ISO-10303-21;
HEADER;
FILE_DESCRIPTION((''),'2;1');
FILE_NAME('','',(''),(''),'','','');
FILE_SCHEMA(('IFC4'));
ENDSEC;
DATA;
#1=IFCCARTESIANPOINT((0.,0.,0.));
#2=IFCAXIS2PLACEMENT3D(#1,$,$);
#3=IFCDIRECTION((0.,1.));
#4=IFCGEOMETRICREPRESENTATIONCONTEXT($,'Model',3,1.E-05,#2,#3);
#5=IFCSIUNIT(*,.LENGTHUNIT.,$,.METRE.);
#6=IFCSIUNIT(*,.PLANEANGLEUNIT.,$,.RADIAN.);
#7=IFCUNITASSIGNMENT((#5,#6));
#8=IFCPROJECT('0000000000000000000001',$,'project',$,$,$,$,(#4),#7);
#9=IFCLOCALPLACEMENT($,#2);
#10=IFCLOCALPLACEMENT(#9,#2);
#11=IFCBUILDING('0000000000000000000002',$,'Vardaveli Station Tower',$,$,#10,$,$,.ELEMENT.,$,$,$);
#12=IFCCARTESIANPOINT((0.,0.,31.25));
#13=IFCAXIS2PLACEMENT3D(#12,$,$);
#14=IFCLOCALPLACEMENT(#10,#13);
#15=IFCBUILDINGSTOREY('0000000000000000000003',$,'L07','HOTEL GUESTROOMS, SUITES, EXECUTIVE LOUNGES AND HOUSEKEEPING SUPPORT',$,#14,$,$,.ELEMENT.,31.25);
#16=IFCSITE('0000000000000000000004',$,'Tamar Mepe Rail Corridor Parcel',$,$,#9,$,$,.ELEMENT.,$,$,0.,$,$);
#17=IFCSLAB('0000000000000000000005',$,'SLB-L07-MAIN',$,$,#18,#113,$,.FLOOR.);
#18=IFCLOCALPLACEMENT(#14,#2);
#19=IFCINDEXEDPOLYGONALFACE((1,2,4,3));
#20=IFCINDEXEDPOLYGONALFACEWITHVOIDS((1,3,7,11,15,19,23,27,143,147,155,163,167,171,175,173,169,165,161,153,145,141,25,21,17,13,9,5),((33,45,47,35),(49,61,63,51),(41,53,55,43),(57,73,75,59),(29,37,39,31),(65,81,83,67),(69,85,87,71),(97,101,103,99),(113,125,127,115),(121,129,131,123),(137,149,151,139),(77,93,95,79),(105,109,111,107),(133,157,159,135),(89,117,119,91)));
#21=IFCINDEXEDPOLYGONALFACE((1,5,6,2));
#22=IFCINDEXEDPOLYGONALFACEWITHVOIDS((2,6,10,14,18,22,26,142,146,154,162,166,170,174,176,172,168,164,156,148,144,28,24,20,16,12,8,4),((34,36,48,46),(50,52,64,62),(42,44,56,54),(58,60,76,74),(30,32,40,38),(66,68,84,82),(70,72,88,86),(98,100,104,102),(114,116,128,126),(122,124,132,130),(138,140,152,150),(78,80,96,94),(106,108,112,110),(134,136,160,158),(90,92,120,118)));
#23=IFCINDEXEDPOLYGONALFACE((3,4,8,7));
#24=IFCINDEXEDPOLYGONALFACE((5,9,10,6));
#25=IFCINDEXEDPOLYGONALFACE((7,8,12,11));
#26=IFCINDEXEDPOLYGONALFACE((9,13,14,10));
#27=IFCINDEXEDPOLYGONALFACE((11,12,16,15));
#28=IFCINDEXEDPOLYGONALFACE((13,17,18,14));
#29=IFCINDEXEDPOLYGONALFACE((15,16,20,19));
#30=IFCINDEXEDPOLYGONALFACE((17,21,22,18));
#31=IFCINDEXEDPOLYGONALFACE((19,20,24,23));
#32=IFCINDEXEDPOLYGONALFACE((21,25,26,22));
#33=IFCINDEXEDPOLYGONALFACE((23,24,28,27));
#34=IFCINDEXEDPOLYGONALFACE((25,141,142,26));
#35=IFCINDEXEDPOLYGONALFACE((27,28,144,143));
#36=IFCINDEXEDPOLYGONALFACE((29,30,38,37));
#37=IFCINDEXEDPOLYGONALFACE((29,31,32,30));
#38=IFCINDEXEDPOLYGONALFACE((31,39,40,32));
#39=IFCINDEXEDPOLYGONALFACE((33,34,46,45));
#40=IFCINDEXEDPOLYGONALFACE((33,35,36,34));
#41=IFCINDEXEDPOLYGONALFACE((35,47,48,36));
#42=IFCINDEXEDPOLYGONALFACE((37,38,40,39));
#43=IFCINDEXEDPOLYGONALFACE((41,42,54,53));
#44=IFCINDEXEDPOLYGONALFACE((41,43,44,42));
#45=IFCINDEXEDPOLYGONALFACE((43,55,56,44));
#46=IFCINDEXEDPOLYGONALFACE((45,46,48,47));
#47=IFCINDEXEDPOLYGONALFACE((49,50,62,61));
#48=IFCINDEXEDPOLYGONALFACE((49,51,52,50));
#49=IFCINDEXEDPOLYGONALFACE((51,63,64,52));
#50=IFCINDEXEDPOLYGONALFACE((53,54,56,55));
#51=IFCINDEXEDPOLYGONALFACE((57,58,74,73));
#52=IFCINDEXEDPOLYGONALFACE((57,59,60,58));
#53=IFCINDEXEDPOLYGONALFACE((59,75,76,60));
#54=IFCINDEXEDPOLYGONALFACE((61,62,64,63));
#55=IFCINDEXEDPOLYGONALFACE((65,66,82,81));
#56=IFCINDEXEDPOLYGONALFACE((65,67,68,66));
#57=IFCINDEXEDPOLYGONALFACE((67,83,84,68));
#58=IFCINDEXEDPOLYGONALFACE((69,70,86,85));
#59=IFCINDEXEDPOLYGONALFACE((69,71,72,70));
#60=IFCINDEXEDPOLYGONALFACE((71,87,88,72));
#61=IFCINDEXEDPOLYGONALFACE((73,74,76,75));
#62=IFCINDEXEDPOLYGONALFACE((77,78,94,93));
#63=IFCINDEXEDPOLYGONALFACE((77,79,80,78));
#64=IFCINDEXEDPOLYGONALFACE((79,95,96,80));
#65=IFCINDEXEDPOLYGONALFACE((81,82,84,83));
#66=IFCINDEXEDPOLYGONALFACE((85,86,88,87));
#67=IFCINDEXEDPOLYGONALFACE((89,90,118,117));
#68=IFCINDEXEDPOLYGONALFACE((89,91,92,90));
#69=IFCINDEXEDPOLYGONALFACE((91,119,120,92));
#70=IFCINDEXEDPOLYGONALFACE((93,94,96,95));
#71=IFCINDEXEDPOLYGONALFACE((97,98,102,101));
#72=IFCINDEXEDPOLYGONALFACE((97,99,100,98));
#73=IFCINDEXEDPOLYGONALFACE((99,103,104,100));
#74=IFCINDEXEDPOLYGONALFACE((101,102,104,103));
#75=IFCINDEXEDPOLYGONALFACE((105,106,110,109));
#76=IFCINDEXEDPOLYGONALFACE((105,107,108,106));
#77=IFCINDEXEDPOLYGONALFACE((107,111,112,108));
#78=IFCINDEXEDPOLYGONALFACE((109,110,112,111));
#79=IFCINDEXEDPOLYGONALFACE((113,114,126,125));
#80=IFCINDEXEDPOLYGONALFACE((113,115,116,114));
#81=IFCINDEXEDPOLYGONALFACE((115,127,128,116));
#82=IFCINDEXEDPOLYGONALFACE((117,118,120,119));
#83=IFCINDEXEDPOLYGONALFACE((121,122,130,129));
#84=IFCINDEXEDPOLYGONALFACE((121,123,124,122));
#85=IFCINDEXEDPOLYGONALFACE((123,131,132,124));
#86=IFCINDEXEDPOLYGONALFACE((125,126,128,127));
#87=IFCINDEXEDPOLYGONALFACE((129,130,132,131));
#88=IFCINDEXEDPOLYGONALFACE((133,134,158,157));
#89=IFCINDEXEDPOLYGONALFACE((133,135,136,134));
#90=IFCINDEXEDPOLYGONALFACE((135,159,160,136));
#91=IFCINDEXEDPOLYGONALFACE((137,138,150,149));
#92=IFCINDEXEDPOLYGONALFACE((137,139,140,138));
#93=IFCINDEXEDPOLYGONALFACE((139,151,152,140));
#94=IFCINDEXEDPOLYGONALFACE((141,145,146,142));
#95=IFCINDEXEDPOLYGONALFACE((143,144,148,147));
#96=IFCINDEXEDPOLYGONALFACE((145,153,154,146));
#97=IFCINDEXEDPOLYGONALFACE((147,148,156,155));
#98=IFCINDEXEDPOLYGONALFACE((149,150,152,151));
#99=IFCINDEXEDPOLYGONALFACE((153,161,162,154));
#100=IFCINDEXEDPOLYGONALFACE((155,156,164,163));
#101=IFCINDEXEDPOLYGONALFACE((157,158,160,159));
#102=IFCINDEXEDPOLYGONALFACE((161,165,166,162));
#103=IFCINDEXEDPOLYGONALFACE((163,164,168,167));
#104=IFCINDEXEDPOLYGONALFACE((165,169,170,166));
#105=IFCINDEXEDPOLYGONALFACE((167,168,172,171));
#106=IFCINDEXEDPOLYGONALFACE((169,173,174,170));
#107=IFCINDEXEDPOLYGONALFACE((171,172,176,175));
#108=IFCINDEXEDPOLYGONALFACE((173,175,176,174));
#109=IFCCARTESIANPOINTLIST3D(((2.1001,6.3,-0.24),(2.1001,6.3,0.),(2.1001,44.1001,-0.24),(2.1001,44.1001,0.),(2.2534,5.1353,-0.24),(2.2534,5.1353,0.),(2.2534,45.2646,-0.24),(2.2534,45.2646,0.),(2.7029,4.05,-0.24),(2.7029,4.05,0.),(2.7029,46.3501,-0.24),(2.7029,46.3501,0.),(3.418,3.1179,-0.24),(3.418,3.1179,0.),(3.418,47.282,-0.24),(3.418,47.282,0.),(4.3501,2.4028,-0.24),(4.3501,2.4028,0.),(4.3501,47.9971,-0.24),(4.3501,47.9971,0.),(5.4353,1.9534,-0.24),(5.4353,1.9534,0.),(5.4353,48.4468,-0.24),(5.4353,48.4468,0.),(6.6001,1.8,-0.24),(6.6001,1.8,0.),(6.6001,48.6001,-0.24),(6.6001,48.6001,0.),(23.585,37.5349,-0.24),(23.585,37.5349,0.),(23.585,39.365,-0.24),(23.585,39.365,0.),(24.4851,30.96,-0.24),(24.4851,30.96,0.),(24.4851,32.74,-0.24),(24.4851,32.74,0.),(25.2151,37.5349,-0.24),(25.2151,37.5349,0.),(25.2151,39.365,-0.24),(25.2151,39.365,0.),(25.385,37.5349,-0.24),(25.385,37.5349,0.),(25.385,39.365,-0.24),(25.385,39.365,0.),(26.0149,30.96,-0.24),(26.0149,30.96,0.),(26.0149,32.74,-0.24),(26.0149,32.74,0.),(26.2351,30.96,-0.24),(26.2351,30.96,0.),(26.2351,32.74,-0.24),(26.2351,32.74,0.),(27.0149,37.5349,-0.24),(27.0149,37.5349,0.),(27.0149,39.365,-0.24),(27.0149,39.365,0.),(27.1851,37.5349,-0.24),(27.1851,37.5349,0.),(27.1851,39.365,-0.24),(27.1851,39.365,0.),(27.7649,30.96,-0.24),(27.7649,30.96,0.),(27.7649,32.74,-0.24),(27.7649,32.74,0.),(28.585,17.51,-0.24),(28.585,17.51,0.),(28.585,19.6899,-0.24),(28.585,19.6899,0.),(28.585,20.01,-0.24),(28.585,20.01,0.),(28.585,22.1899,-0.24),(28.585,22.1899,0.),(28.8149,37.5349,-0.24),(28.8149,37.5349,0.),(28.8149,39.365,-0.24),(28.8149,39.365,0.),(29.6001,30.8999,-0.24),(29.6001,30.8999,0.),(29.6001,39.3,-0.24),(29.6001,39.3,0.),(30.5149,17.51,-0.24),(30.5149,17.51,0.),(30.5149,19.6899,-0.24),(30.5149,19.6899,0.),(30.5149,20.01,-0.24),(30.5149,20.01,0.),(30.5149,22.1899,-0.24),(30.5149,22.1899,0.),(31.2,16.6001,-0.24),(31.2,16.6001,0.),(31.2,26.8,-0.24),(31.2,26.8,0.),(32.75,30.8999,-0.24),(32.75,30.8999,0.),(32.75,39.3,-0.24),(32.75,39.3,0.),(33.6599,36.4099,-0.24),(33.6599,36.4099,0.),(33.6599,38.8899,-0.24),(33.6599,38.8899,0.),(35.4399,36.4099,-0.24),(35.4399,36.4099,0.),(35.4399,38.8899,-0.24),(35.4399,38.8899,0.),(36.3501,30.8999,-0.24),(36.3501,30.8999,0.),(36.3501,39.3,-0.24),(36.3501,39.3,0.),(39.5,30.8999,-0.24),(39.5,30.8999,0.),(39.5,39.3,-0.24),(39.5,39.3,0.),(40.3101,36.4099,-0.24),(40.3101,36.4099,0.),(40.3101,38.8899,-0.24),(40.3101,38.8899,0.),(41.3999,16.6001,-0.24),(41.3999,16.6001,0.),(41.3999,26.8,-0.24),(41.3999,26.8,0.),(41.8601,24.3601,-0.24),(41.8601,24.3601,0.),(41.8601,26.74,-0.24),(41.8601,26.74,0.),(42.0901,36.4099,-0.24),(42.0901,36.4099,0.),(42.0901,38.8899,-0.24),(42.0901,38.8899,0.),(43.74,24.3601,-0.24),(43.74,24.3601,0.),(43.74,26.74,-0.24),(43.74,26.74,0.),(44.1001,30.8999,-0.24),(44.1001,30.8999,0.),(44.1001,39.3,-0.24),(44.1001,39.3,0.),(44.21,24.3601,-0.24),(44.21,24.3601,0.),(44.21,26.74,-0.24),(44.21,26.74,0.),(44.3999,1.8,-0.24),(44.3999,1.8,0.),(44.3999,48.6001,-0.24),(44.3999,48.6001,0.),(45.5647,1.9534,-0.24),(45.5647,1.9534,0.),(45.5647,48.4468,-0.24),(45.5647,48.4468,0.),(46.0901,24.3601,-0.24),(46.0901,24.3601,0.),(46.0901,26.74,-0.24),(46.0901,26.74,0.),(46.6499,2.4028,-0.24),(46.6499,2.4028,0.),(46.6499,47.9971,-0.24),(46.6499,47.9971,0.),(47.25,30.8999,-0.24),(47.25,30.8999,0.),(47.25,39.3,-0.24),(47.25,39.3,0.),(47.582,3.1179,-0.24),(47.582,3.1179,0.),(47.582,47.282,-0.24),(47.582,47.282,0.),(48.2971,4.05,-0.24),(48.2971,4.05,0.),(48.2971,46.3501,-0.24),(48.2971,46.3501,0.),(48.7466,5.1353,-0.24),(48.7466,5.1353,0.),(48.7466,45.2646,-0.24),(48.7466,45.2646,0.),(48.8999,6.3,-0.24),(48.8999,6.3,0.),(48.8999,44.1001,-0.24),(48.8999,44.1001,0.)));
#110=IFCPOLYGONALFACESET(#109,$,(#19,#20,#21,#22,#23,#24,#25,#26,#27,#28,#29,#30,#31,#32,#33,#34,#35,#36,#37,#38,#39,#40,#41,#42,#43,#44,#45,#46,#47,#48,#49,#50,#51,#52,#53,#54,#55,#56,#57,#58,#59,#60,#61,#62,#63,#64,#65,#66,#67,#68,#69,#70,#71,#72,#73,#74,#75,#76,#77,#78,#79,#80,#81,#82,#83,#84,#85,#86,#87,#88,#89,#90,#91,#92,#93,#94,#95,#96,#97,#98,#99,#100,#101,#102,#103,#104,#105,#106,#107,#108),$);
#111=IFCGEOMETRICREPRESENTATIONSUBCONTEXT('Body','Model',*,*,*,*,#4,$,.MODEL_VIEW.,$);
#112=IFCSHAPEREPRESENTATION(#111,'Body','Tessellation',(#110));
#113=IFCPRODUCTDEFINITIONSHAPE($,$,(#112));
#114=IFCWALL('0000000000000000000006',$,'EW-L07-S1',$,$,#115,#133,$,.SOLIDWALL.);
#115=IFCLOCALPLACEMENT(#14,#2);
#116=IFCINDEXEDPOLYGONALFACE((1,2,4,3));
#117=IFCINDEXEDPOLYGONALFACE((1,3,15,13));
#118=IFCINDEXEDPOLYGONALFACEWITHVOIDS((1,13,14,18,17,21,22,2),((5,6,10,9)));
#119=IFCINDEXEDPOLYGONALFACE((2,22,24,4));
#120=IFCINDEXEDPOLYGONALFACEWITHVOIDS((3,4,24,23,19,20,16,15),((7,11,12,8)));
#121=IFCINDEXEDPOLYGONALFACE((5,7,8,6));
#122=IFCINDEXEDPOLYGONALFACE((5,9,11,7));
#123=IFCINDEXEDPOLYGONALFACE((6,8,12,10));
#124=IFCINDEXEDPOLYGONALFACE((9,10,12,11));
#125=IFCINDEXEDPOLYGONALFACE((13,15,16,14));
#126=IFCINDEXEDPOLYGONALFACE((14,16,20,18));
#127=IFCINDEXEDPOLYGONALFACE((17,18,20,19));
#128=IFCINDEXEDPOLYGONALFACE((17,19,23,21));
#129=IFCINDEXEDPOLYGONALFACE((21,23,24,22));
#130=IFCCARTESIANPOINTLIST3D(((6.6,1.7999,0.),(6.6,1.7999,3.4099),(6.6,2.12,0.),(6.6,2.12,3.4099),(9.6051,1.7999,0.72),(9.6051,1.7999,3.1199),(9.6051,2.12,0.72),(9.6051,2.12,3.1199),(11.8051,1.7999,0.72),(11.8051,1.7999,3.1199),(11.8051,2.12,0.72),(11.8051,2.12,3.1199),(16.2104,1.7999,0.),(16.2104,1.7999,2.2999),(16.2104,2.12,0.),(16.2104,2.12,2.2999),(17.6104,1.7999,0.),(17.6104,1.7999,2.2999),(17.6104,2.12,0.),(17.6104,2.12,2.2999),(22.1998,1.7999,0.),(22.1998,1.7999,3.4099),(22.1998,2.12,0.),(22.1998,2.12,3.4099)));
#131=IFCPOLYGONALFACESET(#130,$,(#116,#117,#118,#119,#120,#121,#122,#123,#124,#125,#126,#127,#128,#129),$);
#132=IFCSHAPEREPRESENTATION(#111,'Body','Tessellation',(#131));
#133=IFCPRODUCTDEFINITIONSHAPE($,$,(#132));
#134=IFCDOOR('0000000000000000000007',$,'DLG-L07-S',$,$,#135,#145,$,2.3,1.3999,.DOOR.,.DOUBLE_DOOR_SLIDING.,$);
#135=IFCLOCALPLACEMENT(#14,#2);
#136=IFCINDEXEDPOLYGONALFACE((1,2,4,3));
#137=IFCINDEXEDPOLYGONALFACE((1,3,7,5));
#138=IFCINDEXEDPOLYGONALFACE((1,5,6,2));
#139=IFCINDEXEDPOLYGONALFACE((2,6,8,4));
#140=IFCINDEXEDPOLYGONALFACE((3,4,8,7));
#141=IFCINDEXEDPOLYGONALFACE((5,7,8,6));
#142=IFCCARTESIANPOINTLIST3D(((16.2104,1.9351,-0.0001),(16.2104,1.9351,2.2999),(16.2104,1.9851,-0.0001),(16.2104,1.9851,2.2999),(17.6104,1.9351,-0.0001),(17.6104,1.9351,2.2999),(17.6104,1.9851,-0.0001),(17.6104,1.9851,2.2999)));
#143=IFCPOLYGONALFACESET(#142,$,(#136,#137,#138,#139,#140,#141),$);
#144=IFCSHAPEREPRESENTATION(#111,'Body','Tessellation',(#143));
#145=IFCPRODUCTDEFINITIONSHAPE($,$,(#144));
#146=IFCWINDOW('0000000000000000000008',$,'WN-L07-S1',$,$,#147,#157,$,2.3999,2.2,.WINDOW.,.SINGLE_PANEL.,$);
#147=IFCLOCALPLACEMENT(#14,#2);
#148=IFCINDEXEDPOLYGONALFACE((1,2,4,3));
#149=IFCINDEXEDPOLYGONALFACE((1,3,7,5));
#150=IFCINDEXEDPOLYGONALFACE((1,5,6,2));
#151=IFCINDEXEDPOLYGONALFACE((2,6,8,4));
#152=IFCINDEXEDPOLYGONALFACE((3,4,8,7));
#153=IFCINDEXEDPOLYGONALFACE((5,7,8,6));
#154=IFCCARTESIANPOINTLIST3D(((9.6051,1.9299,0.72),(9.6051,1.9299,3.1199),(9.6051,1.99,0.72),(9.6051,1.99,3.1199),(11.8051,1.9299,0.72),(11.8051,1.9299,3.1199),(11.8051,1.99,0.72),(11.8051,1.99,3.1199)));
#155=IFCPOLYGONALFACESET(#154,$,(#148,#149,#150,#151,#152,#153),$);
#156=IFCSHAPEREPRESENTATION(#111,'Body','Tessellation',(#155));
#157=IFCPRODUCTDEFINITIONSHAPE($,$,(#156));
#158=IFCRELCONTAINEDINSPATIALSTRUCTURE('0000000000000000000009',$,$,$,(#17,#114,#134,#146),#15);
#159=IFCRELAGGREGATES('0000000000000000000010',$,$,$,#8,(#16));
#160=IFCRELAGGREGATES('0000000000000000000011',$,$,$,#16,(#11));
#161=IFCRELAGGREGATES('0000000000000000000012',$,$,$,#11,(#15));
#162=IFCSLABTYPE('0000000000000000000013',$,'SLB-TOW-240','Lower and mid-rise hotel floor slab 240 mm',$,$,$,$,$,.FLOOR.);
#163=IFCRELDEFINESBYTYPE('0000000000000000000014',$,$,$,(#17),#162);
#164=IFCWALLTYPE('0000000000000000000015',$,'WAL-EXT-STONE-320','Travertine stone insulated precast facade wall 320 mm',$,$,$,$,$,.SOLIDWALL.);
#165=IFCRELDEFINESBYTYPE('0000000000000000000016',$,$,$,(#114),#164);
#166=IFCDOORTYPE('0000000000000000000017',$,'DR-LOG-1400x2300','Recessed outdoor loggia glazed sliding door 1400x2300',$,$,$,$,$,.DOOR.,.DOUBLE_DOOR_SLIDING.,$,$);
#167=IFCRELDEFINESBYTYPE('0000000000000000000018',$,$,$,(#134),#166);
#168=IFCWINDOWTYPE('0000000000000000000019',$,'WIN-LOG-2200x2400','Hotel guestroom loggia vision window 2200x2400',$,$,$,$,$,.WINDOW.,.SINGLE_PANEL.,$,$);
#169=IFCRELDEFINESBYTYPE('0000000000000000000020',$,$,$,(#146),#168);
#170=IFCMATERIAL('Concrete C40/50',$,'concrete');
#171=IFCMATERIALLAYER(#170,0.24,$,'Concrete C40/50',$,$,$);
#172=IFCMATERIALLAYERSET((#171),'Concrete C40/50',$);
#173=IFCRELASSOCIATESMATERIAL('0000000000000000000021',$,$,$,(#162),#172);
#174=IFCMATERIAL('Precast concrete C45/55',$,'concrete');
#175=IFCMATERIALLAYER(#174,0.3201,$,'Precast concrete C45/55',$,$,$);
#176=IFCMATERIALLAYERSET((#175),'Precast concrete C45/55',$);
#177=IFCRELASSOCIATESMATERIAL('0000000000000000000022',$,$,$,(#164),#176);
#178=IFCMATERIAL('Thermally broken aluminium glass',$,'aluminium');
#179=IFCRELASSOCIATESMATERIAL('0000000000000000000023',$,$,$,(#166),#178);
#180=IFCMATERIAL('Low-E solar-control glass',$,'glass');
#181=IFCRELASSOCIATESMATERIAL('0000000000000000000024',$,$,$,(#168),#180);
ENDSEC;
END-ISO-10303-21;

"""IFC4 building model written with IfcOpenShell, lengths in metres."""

from ifc_helpers import new_model, si_unit, direction, frame, frame_2d, origin, place, context, subcontext, project, spatial, polyline, rectangle, outline, extrude, source, transform, mapped, material, layer, layer_set, type_object, element, fill, save


model = new_model("IFC4")

# Units and contexts
model_context = context("Model", 3, precision=1e-05, world=origin(), true_north=direction((0.0, 1.0)))
body_context = subcontext(model_context, "Body", "Model", "MODEL_VIEW")
ifc_project = project(units=[si_unit("LENGTHUNIT", "METRE"), si_unit("PLANEANGLEUNIT", "RADIAN")], contexts=[model_context])

# Site, building, storey
site_placement = place(None, origin())
site = spatial("IfcSite", under=ifc_project, at=site_placement, Name="Tamar Mepe Rail Corridor Parcel", CompositionType="ELEMENT", RefElevation=0.0)
building_placement = place(site_placement, origin())
building = spatial("IfcBuilding", under=site, at=building_placement, Name="Vardaveli Station Tower", CompositionType="ELEMENT")
storey_placement = place(building_placement, frame((0.0, 0.0, 31.25)))
storey = spatial("IfcBuildingStorey", under=building, at=storey_placement, Name="L07", Description="HOTEL GUESTROOMS, SUITES, EXECUTIVE LOUNGES AND HOUSEKEEPING SUPPORT", CompositionType="ELEMENT", Elevation=31.25)

# Shared definitions
ifc_material_1 = material(Name="Concrete C40/50", Category="concrete")

# Slab
ifc_material_2 = material(Name="Precast concrete C45/55", Category="concrete")
ifc_layer_1 = layer(ifc_material_1, 0.24, Name="Concrete C40/50")
ifc_layer_set_1 = layer_set([ifc_layer_1], Name="Concrete C40/50")
slab_type_1 = type_object("IfcSlabType", Name="SLB-TOW-240", Description="Lower and mid-rise hotel floor slab 240 mm", PredefinedType="FLOOR", material=ifc_layer_set_1)
slab_1_placement = place(storey_placement, frame((0.0, 0.0, -0.24)))
element("IfcSlab", 1, at=slab_1_placement, inside=storey, type_object=slab_type_1, Name="SLB-L07-MAIN", PredefinedType="FLOOR", context=body_context, shape_type="SweptSolid", body=[
    extrude(outline(polyline([(2.1001, 6.3), (2.2534, 5.1353), (2.7029, 4.05), (3.418, 3.1179), (4.3501, 2.4028), (5.4353, 1.9534), (6.6001, 1.8), (44.3999, 1.8), (45.5647, 1.9534), (46.6499, 2.4028), (47.582, 3.1179), (48.2971, 4.05), (48.7466, 5.1353), (48.8999, 6.3), (48.8999, 44.1001), (48.7466, 45.2646), (48.2971, 46.3501), (47.582, 47.282), (46.6499, 47.9971), (45.5647, 48.4468), (44.3999, 48.6001), (6.6001, 48.6001), (5.4353, 48.4468), (4.3501, 47.9971), (3.418, 47.282), (2.7029, 46.3501), (2.2534, 45.2646), (2.1001, 44.1001), (2.1001, 6.3)]), holes=[polyline([(31.2, 16.6001), (41.3999, 16.6001), (41.3999, 26.8), (31.2, 26.8), (31.2, 16.6001)]), polyline([(32.75, 30.8999), (32.75, 39.3), (29.6001, 39.3), (29.6001, 30.8999), (32.75, 30.8999)]), polyline([(39.5, 30.8999), (39.5, 39.3), (36.3501, 39.3), (36.3501, 30.8999), (39.5, 30.8999)]), polyline([(47.25, 30.8999), (47.25, 39.3), (44.1001, 39.3), (44.1001, 30.8999), (47.25, 30.8999)]), polyline([(23.585, 37.5349), (25.2151, 37.5349), (25.2151, 39.365), (23.585, 39.365), (23.585, 37.5349)]), polyline([(25.385, 37.5349), (27.0149, 37.5349), (27.0149, 39.365), (25.385, 39.365), (25.385, 37.5349)]), polyline([(27.1851, 37.5349), (28.8149, 37.5349), (28.8149, 39.365), (27.1851, 39.365), (27.1851, 37.5349)]), polyline([(33.6599, 36.4099), (35.4399, 36.4099), (35.4399, 38.8899), (33.6599, 38.8899), (33.6599, 36.4099)]), polyline([(40.3101, 36.4099), (42.0901, 36.4099), (42.0901, 38.8899), (40.3101, 38.8899), (40.3101, 36.4099)]), polyline([(24.4851, 30.96), (26.0149, 30.96), (26.0149, 32.74), (24.4851, 32.74), (24.4851, 30.96)]), polyline([(26.2351, 30.96), (27.7649, 30.96), (27.7649, 32.74), (26.2351, 32.74), (26.2351, 30.96)]), polyline([(28.585, 17.51), (30.5149, 17.51), (30.5149, 19.6899), (28.585, 19.6899), (28.585, 17.51)]), polyline([(28.585, 20.01), (30.5149, 20.01), (30.5149, 22.1899), (28.585, 22.1899), (28.585, 20.01)]), polyline([(41.8601, 24.3601), (43.74, 24.3601), (43.74, 26.74), (41.8601, 26.74), (41.8601, 24.3601)]), polyline([(44.21, 24.3601), (46.0901, 24.3601), (46.0901, 26.74), (44.21, 26.74), (44.21, 24.3601)])]), origin(), (0.0, 0.0, 1.0), 0.24),
])

# Wall, openings, door, window
ifc_layer_2 = layer(ifc_material_2, 0.3201, Name="Precast concrete C45/55")
ifc_layer_set_2 = layer_set([ifc_layer_2], Name="Precast concrete C45/55")
wall_type = type_object("IfcWallType", Name="WAL-EXT-STONE-320", Description="Travertine stone insulated precast facade wall 320 mm", PredefinedType="SOLIDWALL", material=ifc_layer_set_2)
shared_shape_1 = source(origin(), body_context, "Body", "SweptSolid", [
    extrude(rectangle(XDim=15.5999, YDim=0.3201, at=frame_2d((7.7998, 0.0))), origin(), (0.0, 0.0, 1.0), 3.4099),
])
wall_1_placement = place(storey_placement, frame((6.6001, 1.96, 0.0), z_axis=(0.0, 0.0, 1.0), x_axis=(1.0, 0.0, 0.0)))
wall_1 = element("IfcWall", 2, at=wall_1_placement, inside=storey, type_object=wall_type, Name="EW-L07-S1", PredefinedType="SOLIDWALL", context=body_context, shape_type="MappedRepresentation", body=[
    mapped(shared_shape_1, transform((0.0, 0.0, 0.0), scale=1.0)),
])
shared_shape_2 = source(origin(), body_context, "Body", "SweptSolid", [
    extrude(rectangle(XDim=1.3999, YDim=2.3, at=frame_2d((0.7, 1.1499))), frame((0.0, 0.1699, 0.0), z_axis=(0.0, -1.0, 0.0), x_axis=(1.0, 0.0, 0.0)), (0.0, 0.0, 1.0), 0.3401),
])
opening_1_placement = place(wall_1_placement, frame((9.6104, 0.0, 0.0)))
opening_1 = element("IfcOpeningElement", 3, at=opening_1_placement, cuts=wall_1, PredefinedType="OPENING", context=body_context, shape_type="MappedRepresentation", body=[
    mapped(shared_shape_2, transform((0.0, 0.0, 0.0), scale=1.0)),
])
shared_shape_3 = source(origin(), body_context, "Body", "SweptSolid", [
    extrude(rectangle(XDim=2.2, YDim=2.3999, at=frame_2d((1.1001, 1.2))), frame((0.0, 0.1699, 0.0), z_axis=(0.0, -1.0, 0.0), x_axis=(1.0, 0.0, 0.0)), (0.0, 0.0, 1.0), 0.3401),
])
opening_2_placement = place(wall_1_placement, frame((3.0049, 0.0, 0.72)))
opening_2 = element("IfcOpeningElement", 4, at=opening_2_placement, cuts=wall_1, PredefinedType="OPENING", context=body_context, shape_type="MappedRepresentation", body=[
    mapped(shared_shape_3, transform((0.0, 0.0, 0.0), scale=1.0)),
])
ifc_material_3 = material(Name="Thermally broken aluminium glass", Category="aluminium")
door_type = type_object("IfcDoorType", Name="DR-LOG-1400x2300", Description="Recessed outdoor loggia glazed sliding door 1400x2300", OperationType="DOUBLE_DOOR_SLIDING", PredefinedType="DOOR", material=ifc_material_3)
shared_shape_4 = source(origin(), body_context, "Body", "SweptSolid", [
    extrude(rectangle(XDim=1.3999, YDim=2.3, at=frame_2d((0.7, 1.1499))), frame((0.0, 0.0249, 0.0), z_axis=(0.0, -1.0, 0.0), x_axis=(1.0, 0.0, 0.0)), (0.0, 0.0, 1.0), 0.05),
])
door_placement = place(opening_1_placement, frame((1.3999, 0.0, 0.0), z_axis=(0.0, 0.0, 1.0), x_axis=(-1.0, 0.0, 0.0)))
door = element("IfcDoor", 5, at=door_placement, inside=storey, type_object=door_type, Name="DLG-L07-S", OperationType="DOUBLE_DOOR_SLIDING", OverallHeight=2.3, OverallWidth=1.3999, PredefinedType="DOOR", context=body_context, shape_type="MappedRepresentation", body=[
    mapped(shared_shape_4, transform((0.0, 0.0, 0.0), scale=1.0)),
])
fill(opening_1, door)
ifc_material_4 = material(Name="Low-E solar-control glass", Category="glass")
window_type = type_object("IfcWindowType", Name="WIN-LOG-2200x2400", Description="Hotel guestroom loggia vision window 2200x2400", PartitioningType="SINGLE_PANEL", PredefinedType="WINDOW", material=ifc_material_4)
shared_shape_5 = source(origin(), body_context, "Body", "SweptSolid", [
    extrude(rectangle(XDim=2.2, YDim=2.3999, at=frame_2d((1.1001, 1.2))), frame((0.0, 0.03, 0.0), z_axis=(0.0, -1.0, 0.0), x_axis=(1.0, 0.0, 0.0)), (0.0, 0.0, 1.0), 0.0601),
])
window_placement = place(opening_2_placement, origin())
window = element("IfcWindow", 6, at=window_placement, inside=storey, type_object=window_type, Name="WN-L07-S1", OverallHeight=2.3999, OverallWidth=2.2, PartitioningType="SINGLE_PANEL", PredefinedType="WINDOW", context=body_context, shape_type="MappedRepresentation", body=[
    mapped(shared_shape_5, transform((0.0, 0.0, 0.0), scale=1.0)),
])
fill(opening_2, window)

save(model, "model.ifc")
